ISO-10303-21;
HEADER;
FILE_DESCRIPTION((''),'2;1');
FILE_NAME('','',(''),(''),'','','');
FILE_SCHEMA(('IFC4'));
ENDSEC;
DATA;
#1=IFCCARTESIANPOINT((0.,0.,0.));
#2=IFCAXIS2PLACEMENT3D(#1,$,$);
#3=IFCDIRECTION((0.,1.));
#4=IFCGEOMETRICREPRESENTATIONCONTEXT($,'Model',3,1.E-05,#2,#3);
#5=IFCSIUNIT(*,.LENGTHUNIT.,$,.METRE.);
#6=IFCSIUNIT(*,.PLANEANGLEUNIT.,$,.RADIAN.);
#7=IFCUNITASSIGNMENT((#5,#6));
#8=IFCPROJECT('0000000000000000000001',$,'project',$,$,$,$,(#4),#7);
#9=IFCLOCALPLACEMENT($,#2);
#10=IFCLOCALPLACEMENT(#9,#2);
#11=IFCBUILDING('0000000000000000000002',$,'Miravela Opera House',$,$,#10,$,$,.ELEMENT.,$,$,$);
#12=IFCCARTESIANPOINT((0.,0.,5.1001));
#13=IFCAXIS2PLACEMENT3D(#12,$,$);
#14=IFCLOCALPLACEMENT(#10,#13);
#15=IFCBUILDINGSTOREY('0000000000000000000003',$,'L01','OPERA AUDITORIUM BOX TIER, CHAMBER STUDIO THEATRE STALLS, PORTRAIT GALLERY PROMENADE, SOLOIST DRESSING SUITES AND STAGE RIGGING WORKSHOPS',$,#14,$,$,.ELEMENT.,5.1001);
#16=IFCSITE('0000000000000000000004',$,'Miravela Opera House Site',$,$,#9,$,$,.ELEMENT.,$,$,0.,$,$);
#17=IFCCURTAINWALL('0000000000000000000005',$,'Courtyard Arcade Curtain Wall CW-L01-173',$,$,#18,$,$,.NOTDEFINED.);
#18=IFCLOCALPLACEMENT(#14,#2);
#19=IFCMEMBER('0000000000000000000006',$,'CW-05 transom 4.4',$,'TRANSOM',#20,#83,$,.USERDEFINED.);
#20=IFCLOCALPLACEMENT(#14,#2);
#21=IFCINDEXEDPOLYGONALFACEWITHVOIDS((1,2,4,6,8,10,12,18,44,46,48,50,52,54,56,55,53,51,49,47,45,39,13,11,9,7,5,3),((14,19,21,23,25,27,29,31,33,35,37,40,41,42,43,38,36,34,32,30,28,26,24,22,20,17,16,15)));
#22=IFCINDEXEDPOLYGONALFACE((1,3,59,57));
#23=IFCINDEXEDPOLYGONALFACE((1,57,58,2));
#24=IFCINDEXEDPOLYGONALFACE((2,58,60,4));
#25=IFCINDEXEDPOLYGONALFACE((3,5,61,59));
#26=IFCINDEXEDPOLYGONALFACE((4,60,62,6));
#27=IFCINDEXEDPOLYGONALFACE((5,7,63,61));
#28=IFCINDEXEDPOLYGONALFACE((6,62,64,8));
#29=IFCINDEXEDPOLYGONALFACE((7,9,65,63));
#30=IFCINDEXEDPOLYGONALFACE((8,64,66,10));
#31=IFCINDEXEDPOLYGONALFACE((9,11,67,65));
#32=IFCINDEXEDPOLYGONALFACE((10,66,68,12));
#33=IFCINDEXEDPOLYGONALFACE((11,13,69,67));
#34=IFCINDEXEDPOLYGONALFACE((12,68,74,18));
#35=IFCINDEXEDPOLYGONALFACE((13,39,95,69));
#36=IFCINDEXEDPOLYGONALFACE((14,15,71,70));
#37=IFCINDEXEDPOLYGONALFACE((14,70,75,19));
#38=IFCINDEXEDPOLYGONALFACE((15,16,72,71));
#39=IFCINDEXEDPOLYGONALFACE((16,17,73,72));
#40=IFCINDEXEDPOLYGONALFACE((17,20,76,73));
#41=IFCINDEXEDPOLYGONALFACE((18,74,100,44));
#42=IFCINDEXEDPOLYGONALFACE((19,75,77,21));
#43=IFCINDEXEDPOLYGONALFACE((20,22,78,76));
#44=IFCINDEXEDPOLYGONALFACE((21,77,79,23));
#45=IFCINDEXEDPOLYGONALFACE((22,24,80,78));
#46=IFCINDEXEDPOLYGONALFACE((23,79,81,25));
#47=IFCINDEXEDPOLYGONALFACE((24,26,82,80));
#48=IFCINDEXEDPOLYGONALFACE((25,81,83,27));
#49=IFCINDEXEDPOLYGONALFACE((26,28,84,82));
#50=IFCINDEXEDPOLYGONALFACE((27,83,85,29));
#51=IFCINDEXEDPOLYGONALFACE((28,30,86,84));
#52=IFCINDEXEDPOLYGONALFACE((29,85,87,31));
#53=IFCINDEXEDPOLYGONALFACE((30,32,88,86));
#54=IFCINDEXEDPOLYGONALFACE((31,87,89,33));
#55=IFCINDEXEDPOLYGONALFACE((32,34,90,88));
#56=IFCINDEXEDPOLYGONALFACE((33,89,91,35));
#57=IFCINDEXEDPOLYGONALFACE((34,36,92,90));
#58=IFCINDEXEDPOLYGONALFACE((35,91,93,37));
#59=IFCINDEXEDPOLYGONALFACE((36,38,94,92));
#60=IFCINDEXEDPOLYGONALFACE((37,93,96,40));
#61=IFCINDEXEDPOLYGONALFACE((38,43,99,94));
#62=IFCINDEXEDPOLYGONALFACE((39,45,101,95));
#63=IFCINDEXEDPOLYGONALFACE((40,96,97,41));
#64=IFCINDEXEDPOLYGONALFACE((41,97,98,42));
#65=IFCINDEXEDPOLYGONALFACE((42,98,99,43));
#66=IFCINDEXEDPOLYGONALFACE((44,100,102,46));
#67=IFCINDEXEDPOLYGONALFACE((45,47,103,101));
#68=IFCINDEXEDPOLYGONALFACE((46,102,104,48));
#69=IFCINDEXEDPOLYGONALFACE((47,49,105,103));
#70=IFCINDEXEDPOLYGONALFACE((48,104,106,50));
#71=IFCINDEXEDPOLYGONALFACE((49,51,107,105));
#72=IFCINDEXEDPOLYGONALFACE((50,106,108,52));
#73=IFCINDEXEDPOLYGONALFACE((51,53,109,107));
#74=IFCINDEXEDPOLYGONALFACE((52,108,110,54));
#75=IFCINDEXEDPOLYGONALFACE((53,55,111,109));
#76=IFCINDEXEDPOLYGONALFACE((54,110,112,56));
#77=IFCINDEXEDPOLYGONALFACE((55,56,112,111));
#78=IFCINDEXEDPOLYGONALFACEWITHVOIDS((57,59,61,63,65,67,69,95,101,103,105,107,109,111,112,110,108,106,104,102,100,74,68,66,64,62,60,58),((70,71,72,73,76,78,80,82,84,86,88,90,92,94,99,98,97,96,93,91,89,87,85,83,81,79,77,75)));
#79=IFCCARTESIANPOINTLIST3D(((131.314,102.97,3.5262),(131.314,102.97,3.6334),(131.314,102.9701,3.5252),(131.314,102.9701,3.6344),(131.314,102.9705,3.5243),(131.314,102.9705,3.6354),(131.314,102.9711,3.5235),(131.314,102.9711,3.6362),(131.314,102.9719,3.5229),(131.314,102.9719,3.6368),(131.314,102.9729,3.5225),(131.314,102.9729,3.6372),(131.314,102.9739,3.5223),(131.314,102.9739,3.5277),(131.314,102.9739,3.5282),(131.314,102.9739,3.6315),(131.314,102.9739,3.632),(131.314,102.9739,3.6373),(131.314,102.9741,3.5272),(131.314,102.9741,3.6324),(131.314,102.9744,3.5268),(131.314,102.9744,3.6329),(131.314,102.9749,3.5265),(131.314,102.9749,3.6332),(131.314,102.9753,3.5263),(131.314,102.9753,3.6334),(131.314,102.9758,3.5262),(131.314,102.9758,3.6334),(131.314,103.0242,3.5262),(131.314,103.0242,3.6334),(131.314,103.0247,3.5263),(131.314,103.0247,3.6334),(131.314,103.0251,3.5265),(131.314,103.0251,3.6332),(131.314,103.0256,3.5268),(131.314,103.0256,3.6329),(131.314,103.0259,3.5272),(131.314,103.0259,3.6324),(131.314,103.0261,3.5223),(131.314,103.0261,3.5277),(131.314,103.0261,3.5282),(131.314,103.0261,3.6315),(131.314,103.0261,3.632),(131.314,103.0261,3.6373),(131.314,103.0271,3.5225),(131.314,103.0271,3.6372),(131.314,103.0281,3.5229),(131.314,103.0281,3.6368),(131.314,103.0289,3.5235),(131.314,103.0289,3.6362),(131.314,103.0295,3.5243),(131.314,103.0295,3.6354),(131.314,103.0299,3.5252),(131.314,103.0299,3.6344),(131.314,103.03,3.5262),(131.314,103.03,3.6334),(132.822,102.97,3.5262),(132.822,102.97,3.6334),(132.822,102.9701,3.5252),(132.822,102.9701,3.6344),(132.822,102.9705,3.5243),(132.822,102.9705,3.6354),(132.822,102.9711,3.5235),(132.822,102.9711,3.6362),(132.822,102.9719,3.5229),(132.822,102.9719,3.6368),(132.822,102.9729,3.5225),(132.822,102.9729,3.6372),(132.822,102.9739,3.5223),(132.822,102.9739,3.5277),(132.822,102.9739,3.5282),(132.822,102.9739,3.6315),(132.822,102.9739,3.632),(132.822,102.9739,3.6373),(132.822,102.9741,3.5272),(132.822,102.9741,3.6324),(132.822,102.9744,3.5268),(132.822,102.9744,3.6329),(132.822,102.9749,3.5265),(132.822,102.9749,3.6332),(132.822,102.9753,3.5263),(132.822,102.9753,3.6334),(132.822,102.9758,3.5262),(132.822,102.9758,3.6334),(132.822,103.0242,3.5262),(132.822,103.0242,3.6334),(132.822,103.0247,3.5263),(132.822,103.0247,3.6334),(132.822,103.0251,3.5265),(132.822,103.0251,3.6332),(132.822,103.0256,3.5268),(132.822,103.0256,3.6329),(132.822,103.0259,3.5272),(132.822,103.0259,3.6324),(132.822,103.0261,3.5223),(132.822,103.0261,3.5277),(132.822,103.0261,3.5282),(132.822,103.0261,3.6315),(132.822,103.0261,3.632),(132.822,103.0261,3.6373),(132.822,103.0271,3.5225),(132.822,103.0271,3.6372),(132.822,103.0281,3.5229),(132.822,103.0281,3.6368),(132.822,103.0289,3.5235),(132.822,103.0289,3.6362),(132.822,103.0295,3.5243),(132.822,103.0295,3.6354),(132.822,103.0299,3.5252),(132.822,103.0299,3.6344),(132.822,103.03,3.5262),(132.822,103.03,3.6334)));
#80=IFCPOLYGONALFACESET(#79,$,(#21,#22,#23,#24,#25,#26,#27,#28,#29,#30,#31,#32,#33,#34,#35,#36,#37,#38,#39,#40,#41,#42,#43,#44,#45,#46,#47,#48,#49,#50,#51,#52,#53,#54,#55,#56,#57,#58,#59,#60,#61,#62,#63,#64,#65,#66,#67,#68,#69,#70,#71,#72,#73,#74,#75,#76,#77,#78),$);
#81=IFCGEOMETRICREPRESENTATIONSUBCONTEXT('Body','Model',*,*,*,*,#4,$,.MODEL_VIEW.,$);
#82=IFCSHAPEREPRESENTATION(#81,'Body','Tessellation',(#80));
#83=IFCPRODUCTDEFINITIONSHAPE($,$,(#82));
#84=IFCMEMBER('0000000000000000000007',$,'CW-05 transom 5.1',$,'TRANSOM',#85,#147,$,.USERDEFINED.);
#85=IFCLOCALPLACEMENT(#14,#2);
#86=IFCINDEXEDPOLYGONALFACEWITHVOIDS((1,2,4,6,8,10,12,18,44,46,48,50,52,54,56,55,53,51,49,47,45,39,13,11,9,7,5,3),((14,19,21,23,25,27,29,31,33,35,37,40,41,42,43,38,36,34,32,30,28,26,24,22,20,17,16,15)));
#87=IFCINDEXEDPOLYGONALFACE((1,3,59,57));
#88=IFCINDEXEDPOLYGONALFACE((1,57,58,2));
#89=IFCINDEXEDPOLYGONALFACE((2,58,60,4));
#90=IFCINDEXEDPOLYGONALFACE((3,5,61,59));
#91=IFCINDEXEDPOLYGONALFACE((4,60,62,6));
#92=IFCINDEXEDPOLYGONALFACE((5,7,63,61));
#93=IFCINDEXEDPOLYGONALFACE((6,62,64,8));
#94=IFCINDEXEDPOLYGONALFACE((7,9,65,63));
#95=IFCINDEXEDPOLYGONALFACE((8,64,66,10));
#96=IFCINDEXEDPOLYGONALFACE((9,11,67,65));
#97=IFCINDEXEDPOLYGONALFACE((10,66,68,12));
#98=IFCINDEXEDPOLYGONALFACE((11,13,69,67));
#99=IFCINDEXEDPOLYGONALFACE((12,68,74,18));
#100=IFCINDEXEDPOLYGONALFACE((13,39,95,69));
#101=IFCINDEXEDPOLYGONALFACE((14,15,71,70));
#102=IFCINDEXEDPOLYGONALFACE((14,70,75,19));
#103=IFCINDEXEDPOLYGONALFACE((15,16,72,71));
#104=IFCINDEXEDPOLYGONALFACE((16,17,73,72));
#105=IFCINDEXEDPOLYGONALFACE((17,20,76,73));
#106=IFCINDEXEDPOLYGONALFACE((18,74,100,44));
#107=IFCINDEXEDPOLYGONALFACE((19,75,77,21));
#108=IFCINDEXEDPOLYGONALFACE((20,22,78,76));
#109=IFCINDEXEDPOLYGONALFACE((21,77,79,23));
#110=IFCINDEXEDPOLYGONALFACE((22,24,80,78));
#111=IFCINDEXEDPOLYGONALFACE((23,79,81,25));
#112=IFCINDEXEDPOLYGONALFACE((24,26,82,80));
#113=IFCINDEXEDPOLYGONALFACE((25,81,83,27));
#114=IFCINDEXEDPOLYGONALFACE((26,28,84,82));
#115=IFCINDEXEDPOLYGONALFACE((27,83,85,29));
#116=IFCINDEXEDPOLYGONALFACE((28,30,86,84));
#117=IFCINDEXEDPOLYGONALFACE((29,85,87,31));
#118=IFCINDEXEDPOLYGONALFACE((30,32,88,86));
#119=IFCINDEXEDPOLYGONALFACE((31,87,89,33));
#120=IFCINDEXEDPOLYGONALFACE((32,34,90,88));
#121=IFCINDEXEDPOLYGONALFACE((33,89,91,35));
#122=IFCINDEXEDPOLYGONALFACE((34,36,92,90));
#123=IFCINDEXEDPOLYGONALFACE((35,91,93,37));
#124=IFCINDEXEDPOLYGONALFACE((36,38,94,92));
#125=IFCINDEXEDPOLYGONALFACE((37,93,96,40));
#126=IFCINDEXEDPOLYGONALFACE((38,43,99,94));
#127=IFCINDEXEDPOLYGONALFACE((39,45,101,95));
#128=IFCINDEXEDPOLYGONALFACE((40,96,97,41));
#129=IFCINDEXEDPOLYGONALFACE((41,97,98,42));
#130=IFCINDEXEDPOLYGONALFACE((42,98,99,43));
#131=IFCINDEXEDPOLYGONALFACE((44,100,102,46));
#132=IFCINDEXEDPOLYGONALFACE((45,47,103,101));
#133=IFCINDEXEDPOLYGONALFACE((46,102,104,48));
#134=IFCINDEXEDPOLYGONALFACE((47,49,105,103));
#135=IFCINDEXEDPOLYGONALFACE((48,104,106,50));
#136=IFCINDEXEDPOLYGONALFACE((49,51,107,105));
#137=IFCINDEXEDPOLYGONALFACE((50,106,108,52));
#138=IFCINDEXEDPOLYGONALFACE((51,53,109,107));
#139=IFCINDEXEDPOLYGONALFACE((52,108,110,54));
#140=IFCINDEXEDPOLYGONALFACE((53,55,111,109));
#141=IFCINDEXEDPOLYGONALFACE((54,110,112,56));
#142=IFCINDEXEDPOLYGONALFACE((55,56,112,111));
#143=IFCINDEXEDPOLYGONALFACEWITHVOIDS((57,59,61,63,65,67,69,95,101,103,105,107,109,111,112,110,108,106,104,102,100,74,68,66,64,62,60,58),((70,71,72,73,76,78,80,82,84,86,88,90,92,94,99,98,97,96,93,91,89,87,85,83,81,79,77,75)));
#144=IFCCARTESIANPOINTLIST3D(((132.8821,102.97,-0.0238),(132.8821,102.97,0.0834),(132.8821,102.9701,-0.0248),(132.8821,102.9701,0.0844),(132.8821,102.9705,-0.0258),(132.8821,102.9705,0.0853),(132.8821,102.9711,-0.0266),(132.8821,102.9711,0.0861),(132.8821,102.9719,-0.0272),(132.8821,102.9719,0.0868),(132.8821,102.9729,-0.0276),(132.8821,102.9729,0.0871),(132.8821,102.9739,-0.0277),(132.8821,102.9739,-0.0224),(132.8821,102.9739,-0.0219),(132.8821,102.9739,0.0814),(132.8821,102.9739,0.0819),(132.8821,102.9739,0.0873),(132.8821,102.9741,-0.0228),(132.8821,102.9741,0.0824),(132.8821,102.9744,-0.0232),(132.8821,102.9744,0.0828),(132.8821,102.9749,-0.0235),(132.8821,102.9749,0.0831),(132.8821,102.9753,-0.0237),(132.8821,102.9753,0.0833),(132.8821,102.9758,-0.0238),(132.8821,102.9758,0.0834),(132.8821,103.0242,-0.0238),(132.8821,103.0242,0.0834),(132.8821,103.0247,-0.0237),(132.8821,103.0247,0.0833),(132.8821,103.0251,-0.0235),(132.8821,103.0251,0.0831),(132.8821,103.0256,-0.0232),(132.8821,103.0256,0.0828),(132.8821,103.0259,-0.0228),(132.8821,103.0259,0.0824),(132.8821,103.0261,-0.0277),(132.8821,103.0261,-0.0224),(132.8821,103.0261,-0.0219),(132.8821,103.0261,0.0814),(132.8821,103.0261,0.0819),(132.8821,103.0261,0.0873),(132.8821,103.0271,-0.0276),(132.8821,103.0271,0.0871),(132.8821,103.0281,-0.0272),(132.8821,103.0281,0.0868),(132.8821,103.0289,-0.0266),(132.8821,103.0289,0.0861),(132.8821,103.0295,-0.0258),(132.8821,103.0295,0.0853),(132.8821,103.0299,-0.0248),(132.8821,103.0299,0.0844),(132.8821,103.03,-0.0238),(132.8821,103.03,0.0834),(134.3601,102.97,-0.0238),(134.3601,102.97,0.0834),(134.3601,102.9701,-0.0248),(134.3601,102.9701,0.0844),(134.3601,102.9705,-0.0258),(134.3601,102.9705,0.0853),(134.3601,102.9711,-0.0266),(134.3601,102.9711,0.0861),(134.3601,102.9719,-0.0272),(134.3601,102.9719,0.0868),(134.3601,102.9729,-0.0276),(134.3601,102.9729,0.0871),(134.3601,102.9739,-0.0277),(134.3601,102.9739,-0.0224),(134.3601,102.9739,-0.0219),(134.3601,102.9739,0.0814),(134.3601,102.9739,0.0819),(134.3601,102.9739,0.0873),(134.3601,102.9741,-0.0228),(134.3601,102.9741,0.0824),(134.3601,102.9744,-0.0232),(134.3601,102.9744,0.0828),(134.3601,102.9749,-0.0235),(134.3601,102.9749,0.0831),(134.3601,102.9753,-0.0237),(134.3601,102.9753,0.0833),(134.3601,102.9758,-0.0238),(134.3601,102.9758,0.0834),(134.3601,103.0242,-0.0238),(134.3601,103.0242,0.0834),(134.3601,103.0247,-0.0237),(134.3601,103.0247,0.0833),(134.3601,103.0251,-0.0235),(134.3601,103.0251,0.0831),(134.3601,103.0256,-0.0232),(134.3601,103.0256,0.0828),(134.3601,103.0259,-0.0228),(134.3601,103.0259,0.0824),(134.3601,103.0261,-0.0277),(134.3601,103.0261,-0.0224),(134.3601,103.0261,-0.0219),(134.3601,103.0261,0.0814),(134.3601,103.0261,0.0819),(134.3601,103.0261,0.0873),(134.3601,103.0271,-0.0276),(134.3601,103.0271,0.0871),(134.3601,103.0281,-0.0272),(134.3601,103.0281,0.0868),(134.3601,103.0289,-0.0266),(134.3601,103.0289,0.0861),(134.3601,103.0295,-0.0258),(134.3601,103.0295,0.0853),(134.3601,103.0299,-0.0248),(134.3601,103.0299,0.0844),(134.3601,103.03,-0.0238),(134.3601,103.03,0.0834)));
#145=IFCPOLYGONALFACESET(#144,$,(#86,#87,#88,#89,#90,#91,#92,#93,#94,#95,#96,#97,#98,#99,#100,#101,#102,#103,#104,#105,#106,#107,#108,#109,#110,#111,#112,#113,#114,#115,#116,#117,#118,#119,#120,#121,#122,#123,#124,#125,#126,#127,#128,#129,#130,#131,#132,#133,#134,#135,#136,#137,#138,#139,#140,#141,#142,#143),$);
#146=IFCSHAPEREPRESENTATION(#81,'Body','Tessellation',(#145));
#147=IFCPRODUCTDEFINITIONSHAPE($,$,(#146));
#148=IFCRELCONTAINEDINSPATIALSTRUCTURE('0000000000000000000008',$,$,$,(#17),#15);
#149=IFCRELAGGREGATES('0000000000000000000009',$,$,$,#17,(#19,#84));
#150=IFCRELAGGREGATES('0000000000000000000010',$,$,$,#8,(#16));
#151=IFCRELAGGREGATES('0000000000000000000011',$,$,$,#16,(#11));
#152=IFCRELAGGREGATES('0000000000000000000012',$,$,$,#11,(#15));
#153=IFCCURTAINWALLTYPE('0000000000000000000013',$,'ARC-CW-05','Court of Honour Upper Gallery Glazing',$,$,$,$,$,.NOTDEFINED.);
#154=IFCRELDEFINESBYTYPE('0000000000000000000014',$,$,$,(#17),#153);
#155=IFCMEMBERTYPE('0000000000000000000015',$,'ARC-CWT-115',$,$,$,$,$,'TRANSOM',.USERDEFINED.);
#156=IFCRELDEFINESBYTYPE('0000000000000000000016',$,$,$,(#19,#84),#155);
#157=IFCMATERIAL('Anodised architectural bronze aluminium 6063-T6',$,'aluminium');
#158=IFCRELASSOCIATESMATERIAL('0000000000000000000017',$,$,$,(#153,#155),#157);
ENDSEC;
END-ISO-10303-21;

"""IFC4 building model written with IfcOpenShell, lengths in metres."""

from ifc_helpers import new_model, si_unit, direction, frame, origin, origin_2d, place, context, subcontext, project, spatial, hollow_rectangle, extrude, material, material_profile, profile_set, type_object, element, aggregate, save


model = new_model("IFC4")

# Units and contexts
model_context = context("Model", 3, precision=1e-05, world=origin(), true_north=direction((0.0, 1.0)))
body_context = subcontext(model_context, "Body", "Model", "MODEL_VIEW")
ifc_project = project(units=[si_unit("LENGTHUNIT", "METRE"), si_unit("PLANEANGLEUNIT", "RADIAN")], contexts=[model_context])

# Site, building, storey
site_placement = place(None, origin())
site = spatial("IfcSite", under=ifc_project, at=site_placement, Name="Miravela Opera House Site", CompositionType="ELEMENT", RefElevation=0.0)
building_placement = place(site_placement, origin())
building = spatial("IfcBuilding", under=site, at=building_placement, Name="Miravela Opera House", CompositionType="ELEMENT")
storey_placement = place(building_placement, frame((0.0, 0.0, 5.1001)))
storey = spatial("IfcBuildingStorey", under=building, at=storey_placement, Name="L01", Description="OPERA AUDITORIUM BOX TIER, CHAMBER STUDIO THEATRE STALLS, PORTRAIT GALLERY PROMENADE, SOLOIST DRESSING SUITES AND STAGE RIGGING WORKSHOPS", CompositionType="ELEMENT", Elevation=5.1001)

# Curtain wall
ifc_material_1 = material(Name="Anodised architectural bronze aluminium 6063-T6", Category="aluminium")
curtain_wall_type = type_object("IfcCurtainWallType", Name="ARC-CW-05", Description="Court of Honour Upper Gallery Glazing", PredefinedType="NOTDEFINED", material=ifc_material_1)
curtain_wall_1_placement = place(storey_placement, origin())
curtain_wall_1 = element("IfcCurtainWall", 1, at=curtain_wall_1_placement, inside=storey, type_object=curtain_wall_type, Name="Courtyard Arcade Curtain Wall CW-L01-173", PredefinedType="NOTDEFINED")

# Members
ifc_material_profile_1 = material_profile(ifc_material_1, hollow_rectangle(XDim=0.0601, YDim=0.115, WallThickness=0.0039, InnerFilletRadius=0.002, OuterFilletRadius=0.0039, at=origin_2d()), Name="CWT-60X115")
ifc_profile_set_1 = profile_set([ifc_material_profile_1])
member_type_1 = type_object("IfcMemberType", Name="ARC-CWT-115", ElementType="TRANSOM", PredefinedType="USERDEFINED", material=ifc_profile_set_1)
member_1_placement = place(storey_placement, frame((131.314, 103.0, 3.5798), z_axis=(1.0, 0.0, 0.0), x_axis=(0.0, 1.0, 0.0)))
member_1 = element("IfcMember", 2, at=member_1_placement, type_object=member_type_1, Name="CW-05 transom 4.4", ObjectType="TRANSOM", PredefinedType="USERDEFINED", context=body_context, shape_type="SweptSolid", body=[
    extrude(hollow_rectangle(XDim=0.0601, YDim=0.115, WallThickness=0.0039, InnerFilletRadius=0.002, OuterFilletRadius=0.0039, at=origin_2d()), origin(), (0.0, 0.0, 1.0), 1.5081),
])
member_2_placement = place(storey_placement, frame((132.8821, 103.0, 0.0298), z_axis=(1.0, 0.0, 0.0), x_axis=(0.0, 1.0, 0.0)))
member_2 = element("IfcMember", 3, at=member_2_placement, type_object=member_type_1, Name="CW-05 transom 5.1", ObjectType="TRANSOM", PredefinedType="USERDEFINED", context=body_context, shape_type="SweptSolid", body=[
    extrude(hollow_rectangle(XDim=0.0601, YDim=0.115, WallThickness=0.0039, InnerFilletRadius=0.002, OuterFilletRadius=0.0039, at=origin_2d()), origin(), (0.0, 0.0, 1.0), 1.478),
])

aggregate(curtain_wall_1, [member_1, member_2])

save(model, "model.ifc")
